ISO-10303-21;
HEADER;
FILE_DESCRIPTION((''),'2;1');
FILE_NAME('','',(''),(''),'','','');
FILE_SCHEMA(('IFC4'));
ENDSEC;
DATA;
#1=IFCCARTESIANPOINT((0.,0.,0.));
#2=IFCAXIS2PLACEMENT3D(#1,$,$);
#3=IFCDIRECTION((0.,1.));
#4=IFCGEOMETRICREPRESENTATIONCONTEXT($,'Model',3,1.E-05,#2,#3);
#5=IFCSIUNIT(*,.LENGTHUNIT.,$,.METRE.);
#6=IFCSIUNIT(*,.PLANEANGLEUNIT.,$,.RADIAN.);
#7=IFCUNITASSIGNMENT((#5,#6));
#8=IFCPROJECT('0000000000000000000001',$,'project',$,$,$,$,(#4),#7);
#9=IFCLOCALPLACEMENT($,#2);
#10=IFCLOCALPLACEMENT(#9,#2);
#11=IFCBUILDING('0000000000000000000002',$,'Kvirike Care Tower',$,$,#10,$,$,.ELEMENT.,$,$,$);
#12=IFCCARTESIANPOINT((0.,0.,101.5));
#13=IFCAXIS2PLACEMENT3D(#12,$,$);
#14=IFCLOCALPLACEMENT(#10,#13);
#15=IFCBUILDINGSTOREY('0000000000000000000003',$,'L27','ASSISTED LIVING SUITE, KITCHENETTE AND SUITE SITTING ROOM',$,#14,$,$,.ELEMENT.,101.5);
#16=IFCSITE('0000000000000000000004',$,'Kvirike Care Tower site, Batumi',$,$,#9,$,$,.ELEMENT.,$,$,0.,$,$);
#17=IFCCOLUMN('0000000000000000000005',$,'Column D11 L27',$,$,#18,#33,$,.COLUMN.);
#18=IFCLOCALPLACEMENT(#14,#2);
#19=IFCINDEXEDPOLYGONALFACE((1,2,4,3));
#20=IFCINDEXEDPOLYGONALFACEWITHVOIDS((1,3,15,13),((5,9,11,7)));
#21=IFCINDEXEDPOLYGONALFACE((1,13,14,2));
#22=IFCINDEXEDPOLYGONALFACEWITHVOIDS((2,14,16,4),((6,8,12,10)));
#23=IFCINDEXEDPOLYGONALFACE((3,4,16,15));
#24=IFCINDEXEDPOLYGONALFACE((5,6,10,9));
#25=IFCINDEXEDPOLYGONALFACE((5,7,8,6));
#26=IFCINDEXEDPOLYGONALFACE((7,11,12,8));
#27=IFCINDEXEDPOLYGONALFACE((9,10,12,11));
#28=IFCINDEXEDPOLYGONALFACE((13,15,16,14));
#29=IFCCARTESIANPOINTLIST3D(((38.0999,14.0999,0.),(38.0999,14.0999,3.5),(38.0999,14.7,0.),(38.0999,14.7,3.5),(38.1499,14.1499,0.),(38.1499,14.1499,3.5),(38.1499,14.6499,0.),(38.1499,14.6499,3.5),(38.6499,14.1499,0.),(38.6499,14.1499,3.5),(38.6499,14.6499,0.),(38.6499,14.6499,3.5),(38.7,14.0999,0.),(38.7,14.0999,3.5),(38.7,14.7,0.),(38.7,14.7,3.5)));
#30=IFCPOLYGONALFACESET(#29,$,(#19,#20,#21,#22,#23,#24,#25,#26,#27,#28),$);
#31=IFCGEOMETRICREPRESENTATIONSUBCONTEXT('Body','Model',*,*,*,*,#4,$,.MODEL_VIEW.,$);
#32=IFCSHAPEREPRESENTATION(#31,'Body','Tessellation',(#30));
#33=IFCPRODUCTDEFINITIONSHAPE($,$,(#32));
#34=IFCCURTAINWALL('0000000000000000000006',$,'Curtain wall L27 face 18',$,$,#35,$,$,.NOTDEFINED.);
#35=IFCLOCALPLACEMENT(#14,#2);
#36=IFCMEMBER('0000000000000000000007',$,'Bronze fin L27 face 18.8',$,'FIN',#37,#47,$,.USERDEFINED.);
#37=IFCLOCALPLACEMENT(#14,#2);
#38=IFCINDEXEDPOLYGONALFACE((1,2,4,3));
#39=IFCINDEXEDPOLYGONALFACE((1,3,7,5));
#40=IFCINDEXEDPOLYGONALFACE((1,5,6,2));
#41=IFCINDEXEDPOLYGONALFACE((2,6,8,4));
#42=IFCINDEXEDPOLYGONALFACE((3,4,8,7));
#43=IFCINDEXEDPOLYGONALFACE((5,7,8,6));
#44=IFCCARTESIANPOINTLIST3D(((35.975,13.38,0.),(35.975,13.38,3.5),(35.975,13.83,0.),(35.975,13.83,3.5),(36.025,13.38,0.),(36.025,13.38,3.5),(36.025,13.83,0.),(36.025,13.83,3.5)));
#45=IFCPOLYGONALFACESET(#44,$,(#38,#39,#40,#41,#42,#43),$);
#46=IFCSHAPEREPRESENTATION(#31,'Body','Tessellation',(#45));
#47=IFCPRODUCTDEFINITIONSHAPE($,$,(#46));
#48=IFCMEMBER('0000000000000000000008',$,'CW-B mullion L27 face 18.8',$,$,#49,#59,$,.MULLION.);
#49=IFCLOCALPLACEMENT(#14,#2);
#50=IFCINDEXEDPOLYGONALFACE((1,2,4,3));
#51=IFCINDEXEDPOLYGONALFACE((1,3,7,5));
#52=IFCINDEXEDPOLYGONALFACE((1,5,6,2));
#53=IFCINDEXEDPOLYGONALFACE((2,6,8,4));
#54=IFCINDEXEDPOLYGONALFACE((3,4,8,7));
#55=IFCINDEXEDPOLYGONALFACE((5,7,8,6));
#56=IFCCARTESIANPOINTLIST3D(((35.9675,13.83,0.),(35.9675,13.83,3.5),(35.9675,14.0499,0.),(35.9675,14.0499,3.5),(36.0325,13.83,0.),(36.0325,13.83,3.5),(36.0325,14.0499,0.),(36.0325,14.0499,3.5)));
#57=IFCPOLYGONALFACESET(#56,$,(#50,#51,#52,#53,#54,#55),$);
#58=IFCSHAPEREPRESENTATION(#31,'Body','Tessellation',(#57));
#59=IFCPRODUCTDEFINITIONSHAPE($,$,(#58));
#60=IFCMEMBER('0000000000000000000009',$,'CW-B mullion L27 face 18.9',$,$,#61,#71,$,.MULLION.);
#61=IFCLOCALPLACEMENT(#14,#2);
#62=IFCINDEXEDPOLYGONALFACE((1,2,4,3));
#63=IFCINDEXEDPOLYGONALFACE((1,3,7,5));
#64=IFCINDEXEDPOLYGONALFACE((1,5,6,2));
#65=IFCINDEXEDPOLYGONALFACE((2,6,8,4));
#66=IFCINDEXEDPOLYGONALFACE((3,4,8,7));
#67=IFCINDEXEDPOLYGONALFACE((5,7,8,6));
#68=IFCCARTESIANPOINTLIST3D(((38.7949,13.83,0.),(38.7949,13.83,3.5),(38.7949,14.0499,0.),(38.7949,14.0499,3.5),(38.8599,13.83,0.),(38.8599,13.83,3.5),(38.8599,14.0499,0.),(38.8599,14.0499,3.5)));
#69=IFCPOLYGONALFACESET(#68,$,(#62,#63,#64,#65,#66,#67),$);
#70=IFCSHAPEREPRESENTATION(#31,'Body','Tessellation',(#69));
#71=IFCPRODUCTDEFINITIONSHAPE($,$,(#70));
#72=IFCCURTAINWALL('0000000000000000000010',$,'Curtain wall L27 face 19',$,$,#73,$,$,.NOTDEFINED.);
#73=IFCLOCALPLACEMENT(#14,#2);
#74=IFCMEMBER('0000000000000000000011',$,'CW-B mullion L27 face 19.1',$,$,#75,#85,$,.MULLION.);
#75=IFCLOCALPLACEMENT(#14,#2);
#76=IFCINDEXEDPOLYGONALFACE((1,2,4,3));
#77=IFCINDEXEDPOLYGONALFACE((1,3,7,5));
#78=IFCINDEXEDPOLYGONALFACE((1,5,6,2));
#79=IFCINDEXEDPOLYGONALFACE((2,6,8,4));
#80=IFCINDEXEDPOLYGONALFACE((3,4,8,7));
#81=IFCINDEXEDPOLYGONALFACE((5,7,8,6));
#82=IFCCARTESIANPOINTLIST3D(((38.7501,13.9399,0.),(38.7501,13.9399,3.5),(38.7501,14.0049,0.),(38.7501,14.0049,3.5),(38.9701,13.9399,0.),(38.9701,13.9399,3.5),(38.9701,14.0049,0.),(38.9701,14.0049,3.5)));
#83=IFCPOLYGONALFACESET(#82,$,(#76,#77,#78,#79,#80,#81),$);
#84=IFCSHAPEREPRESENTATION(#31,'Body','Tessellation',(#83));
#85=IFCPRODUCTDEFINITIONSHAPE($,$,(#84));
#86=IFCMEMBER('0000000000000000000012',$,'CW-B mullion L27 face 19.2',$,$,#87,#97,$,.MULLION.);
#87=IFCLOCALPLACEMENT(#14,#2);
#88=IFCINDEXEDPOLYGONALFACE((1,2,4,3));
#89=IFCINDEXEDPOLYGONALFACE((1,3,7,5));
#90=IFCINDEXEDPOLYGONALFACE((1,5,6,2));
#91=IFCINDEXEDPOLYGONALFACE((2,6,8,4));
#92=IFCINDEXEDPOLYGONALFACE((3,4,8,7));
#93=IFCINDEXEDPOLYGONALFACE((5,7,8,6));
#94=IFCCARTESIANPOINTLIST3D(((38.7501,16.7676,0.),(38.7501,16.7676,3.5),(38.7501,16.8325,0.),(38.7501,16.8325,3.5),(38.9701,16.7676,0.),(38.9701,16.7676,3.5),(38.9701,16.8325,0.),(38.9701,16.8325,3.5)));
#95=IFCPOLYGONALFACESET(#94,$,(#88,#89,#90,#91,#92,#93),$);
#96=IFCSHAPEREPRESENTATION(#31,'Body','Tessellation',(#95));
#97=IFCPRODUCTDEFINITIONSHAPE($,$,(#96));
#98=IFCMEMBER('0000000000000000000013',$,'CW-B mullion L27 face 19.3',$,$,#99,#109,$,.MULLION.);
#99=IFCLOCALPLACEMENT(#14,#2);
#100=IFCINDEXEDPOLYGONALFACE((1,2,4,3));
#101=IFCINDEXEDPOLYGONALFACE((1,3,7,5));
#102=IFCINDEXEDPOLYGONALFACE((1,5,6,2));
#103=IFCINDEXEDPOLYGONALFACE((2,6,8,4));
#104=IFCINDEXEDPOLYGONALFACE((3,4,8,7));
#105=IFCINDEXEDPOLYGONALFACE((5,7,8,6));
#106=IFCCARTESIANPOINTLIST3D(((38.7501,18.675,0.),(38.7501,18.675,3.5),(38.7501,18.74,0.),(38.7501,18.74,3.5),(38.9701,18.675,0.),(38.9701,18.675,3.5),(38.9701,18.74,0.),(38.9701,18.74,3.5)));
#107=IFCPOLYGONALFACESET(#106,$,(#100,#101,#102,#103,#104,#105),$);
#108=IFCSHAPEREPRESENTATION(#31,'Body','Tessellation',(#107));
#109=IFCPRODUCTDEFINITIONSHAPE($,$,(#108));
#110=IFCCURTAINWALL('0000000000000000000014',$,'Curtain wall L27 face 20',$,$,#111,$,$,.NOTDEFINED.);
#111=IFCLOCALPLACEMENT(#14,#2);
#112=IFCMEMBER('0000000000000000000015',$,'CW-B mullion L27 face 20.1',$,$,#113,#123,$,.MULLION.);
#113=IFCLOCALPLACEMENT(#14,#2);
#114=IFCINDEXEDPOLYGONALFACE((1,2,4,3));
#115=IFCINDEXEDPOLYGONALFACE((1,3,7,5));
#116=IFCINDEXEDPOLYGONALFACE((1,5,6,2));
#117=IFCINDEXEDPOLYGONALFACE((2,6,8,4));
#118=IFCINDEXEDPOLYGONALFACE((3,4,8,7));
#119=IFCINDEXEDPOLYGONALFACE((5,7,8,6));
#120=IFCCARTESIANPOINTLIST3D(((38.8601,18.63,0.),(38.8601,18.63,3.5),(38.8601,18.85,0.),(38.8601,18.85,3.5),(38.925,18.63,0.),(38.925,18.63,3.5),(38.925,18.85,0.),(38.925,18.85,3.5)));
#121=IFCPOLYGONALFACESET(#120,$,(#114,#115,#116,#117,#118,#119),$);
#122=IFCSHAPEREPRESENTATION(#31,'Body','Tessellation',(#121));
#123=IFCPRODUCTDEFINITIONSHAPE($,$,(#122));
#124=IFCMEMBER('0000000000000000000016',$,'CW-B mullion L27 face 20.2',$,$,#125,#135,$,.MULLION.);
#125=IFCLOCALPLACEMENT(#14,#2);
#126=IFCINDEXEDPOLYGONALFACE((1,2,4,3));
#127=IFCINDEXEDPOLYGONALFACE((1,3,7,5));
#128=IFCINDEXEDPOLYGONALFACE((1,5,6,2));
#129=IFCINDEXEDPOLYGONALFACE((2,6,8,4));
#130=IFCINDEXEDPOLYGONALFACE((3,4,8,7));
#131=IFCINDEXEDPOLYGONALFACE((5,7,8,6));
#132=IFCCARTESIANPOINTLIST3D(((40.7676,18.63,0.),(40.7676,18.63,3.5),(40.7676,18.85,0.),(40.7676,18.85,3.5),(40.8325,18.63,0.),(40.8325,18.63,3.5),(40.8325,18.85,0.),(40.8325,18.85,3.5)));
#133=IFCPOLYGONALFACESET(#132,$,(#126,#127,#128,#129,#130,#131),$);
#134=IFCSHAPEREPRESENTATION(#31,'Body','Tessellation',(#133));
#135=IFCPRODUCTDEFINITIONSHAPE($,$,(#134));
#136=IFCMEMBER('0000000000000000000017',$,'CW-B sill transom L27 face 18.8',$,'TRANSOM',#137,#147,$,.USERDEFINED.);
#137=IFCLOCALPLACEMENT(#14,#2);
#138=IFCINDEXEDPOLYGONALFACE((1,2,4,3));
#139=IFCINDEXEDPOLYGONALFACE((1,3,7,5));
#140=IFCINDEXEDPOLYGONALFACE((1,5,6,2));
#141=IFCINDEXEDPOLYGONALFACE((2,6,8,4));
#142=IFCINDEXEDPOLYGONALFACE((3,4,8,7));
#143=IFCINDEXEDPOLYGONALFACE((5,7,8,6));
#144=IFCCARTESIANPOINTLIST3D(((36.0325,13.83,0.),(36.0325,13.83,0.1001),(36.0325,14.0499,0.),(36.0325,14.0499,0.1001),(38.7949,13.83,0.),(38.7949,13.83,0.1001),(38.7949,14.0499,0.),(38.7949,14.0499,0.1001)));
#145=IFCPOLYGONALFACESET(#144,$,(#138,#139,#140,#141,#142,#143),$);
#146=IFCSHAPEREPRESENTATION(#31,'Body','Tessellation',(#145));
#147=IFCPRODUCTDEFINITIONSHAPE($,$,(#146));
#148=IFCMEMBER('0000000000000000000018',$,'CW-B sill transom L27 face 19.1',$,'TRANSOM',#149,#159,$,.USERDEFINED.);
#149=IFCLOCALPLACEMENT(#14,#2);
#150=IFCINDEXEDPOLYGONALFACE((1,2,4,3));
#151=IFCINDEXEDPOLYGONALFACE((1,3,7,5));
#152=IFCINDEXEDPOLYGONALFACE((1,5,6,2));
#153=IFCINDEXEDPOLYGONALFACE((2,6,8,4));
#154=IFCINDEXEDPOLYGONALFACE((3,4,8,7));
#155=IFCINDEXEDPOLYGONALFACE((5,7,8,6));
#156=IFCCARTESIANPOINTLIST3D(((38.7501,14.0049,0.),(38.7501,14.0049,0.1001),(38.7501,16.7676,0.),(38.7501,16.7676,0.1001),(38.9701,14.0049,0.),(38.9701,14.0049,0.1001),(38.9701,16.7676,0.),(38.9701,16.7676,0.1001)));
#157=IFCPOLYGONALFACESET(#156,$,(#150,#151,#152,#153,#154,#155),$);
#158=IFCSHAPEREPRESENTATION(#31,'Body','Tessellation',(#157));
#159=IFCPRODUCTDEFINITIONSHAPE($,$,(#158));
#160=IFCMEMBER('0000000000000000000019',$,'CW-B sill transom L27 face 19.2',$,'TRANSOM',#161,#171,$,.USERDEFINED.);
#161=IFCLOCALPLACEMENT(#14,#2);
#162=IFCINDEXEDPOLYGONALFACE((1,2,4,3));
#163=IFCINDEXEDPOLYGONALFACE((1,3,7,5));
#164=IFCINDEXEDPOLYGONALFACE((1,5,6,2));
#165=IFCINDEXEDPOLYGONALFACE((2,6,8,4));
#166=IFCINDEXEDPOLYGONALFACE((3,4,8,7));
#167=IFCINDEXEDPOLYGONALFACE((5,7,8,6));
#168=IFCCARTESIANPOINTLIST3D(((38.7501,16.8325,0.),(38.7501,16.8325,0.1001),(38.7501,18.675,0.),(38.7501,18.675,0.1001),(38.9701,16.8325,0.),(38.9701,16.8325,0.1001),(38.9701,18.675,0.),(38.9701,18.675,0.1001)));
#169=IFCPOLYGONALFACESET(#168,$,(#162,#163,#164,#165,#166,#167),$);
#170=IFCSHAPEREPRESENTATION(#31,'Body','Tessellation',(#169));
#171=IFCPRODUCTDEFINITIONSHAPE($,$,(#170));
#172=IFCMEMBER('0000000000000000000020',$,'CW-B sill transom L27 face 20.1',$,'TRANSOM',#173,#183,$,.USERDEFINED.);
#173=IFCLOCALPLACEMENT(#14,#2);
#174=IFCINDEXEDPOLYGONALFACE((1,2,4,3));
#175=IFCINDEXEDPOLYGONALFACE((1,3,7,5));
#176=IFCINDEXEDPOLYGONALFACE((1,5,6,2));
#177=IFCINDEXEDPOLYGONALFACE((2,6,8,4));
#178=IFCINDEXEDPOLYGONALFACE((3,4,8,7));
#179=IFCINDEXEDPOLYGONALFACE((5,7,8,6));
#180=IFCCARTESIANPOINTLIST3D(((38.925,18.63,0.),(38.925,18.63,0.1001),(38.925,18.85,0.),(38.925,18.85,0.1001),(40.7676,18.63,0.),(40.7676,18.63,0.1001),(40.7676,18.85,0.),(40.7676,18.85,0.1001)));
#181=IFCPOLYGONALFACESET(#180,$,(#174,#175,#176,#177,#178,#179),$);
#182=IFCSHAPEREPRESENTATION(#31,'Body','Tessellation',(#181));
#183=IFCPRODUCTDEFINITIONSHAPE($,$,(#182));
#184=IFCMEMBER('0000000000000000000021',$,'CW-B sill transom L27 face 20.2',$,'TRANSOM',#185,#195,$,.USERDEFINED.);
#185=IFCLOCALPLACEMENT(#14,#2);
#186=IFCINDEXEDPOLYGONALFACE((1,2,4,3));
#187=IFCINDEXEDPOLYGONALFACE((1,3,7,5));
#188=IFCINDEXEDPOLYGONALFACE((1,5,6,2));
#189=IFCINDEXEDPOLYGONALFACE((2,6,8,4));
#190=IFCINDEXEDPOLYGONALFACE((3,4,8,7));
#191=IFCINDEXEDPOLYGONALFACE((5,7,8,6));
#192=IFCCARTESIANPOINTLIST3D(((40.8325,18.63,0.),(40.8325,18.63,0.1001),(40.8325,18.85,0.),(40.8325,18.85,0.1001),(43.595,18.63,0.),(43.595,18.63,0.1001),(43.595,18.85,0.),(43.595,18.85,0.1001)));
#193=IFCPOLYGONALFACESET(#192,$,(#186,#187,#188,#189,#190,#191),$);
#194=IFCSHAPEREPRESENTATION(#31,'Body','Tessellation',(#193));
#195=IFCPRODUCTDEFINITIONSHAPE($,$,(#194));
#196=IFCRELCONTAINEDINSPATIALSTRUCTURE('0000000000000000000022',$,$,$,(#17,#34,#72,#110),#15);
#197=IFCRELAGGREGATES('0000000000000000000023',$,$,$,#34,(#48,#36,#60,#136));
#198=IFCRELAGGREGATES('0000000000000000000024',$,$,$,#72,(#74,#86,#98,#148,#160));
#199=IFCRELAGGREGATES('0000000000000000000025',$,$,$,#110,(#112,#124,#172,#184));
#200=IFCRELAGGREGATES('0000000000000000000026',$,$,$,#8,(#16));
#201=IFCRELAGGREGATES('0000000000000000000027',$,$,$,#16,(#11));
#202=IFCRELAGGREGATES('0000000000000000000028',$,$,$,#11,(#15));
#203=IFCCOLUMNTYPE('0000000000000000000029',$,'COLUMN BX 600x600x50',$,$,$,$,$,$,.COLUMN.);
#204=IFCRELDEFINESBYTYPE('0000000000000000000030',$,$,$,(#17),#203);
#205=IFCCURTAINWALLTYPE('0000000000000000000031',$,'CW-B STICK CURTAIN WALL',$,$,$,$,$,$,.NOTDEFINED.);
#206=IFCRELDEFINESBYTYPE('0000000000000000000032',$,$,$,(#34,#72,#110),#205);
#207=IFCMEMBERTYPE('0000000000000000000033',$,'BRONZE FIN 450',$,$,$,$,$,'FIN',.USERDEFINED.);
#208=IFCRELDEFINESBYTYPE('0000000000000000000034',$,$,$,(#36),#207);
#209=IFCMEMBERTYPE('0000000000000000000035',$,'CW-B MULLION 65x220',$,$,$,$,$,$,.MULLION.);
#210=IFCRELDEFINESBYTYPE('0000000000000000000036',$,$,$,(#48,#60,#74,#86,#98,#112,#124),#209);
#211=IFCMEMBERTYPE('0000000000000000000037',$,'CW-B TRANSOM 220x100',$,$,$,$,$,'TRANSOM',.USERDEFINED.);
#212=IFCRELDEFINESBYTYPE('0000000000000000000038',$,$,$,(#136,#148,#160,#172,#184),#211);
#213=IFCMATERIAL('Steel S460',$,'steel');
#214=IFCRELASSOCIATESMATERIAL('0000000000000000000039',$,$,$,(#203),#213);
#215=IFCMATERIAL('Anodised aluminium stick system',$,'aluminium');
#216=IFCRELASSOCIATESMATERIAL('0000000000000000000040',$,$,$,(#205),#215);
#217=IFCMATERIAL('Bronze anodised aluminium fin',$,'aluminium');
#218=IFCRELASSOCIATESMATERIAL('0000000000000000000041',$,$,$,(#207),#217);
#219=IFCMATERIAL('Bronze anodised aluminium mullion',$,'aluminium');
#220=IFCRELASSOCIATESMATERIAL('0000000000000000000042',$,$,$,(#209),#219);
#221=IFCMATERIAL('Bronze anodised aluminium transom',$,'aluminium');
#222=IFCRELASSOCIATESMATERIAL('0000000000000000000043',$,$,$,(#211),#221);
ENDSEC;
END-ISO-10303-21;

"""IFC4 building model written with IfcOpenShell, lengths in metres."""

from ifc_helpers import new_model, si_unit, direction, frame, origin, origin_2d, place, context, subcontext, project, spatial, rectangle, hollow_rectangle, extrude, material, material_profile, profile_set, type_object, element, aggregate, save


model = new_model("IFC4")

# Units and contexts
model_context = context("Model", 3, precision=1e-05, world=origin(), true_north=direction((0.0, 1.0)))
body_context = subcontext(model_context, "Body", "Model", "MODEL_VIEW")
ifc_project = project(units=[si_unit("LENGTHUNIT", "METRE"), si_unit("PLANEANGLEUNIT", "RADIAN")], contexts=[model_context])

# Site, building, storey
site_placement = place(None, origin())
site = spatial("IfcSite", under=ifc_project, at=site_placement, Name="Kvirike Care Tower site, Batumi", CompositionType="ELEMENT", RefElevation=0.0)
building_placement = place(site_placement, origin())
building = spatial("IfcBuilding", under=site, at=building_placement, Name="Kvirike Care Tower", CompositionType="ELEMENT")
storey_placement = place(building_placement, frame((0.0, 0.0, 101.5)))
storey = spatial("IfcBuildingStorey", under=building, at=storey_placement, Name="L27", Description="ASSISTED LIVING SUITE, KITCHENETTE AND SUITE SITTING ROOM", CompositionType="ELEMENT", Elevation=101.5)

# Column
ifc_material_1 = material(Name="Steel S460", Category="steel")
ifc_material_profile_1 = material_profile(ifc_material_1, hollow_rectangle(XDim=0.6001, YDim=0.6001, WallThickness=0.05, at=origin_2d()), Name="BX 600x600x50")
ifc_profile_set_1 = profile_set([ifc_material_profile_1], Name="Steel S460")
column_type = type_object("IfcColumnType", Name="COLUMN BX 600x600x50", PredefinedType="COLUMN", material=ifc_profile_set_1)
column_placement = place(storey_placement, frame((38.3999, 14.3999, 0.0), z_axis=(0.0, 0.0, 1.0), x_axis=(0.0, 1.0, 0.0)))
element("IfcColumn", 1, at=column_placement, inside=storey, type_object=column_type, Name="Column D11 L27", PredefinedType="COLUMN", context=body_context, shape_type="SweptSolid", body=[
    extrude(hollow_rectangle(XDim=0.6001, YDim=0.6001, WallThickness=0.05, at=origin_2d()), origin(), (0.0, 0.0, 1.0), 3.5),
])

# Curtain walls, members
ifc_material_2 = material(Name="Anodised aluminium stick system", Category="aluminium")
curtain_wall_type = type_object("IfcCurtainWallType", Name="CW-B STICK CURTAIN WALL", PredefinedType="NOTDEFINED", material=ifc_material_2)
curtain_wall_1_placement = place(storey_placement, origin())
curtain_wall_1 = element("IfcCurtainWall", 2, at=curtain_wall_1_placement, inside=storey, type_object=curtain_wall_type, Name="Curtain wall L27 face 18", PredefinedType="NOTDEFINED")
ifc_material_3 = material(Name="Bronze anodised aluminium fin", Category="aluminium")
ifc_material_profile_2 = material_profile(ifc_material_3, rectangle(XDim=0.05, YDim=0.45, at=origin_2d()), Name="BRONZE FIN 450")
ifc_profile_set_2 = profile_set([ifc_material_profile_2], Name="Bronze anodised aluminium fin")
member_type_1 = type_object("IfcMemberType", Name="BRONZE FIN 450", ElementType="FIN", PredefinedType="USERDEFINED", material=ifc_profile_set_2)
member_1_placement = place(storey_placement, frame((36.0, 13.605, 0.0), z_axis=(0.0, 0.0, 1.0), x_axis=(1.0, 0.0, 0.0)))
member_1 = element("IfcMember", 3, at=member_1_placement, type_object=member_type_1, Name="Bronze fin L27 face 18.8", ObjectType="FIN", PredefinedType="USERDEFINED", context=body_context, shape_type="SweptSolid", body=[
    extrude(rectangle(XDim=0.05, YDim=0.45, at=origin_2d()), origin(), (0.0, 0.0, 1.0), 3.5),
])
ifc_material_4 = material(Name="Bronze anodised aluminium mullion", Category="aluminium")
ifc_material_profile_3 = material_profile(ifc_material_4, rectangle(XDim=0.0649, YDim=0.22, at=origin_2d()), Name="CW-B MULLION 65x220")
ifc_profile_set_3 = profile_set([ifc_material_profile_3], Name="Bronze anodised aluminium mullion")
member_type_2 = type_object("IfcMemberType", Name="CW-B MULLION 65x220", PredefinedType="MULLION", material=ifc_profile_set_3)
member_2_placement = place(storey_placement, frame((36.0, 13.9399, 0.0), z_axis=(0.0, 0.0, 1.0), x_axis=(1.0, 0.0, 0.0)))
member_2 = element("IfcMember", 4, at=member_2_placement, type_object=member_type_2, Name="CW-B mullion L27 face 18.8", PredefinedType="MULLION", context=body_context, shape_type="SweptSolid", body=[
    extrude(rectangle(XDim=0.0649, YDim=0.22, at=origin_2d()), origin(), (0.0, 0.0, 1.0), 3.5),
])
member_3_placement = place(storey_placement, frame((38.8274, 13.9399, 0.0), z_axis=(0.0, 0.0, 1.0), x_axis=(1.0, 0.0, 0.0)))
member_3 = element("IfcMember", 5, at=member_3_placement, type_object=member_type_2, Name="CW-B mullion L27 face 18.9", PredefinedType="MULLION", context=body_context, shape_type="SweptSolid", body=[
    extrude(rectangle(XDim=0.0649, YDim=0.22, at=origin_2d()), origin(), (0.0, 0.0, 1.0), 3.5),
])
curtain_wall_2_placement = place(storey_placement, origin())
curtain_wall_2 = element("IfcCurtainWall", 6, at=curtain_wall_2_placement, inside=storey, type_object=curtain_wall_type, Name="Curtain wall L27 face 19", PredefinedType="NOTDEFINED")
member_4_placement = place(storey_placement, frame((38.8601, 13.9724, 0.0), z_axis=(0.0, 0.0, 1.0), x_axis=(0.0, 1.0, 0.0)))
member_4 = element("IfcMember", 7, at=member_4_placement, type_object=member_type_2, Name="CW-B mullion L27 face 19.1", PredefinedType="MULLION", context=body_context, shape_type="SweptSolid", body=[
    extrude(rectangle(XDim=0.0649, YDim=0.22, at=origin_2d()), origin(), (0.0, 0.0, 1.0), 3.5),
])
member_5_placement = place(storey_placement, frame((38.8601, 16.8, 0.0), z_axis=(0.0, 0.0, 1.0), x_axis=(0.0, 1.0, 0.0)))
member_5 = element("IfcMember", 8, at=member_5_placement, type_object=member_type_2, Name="CW-B mullion L27 face 19.2", PredefinedType="MULLION", context=body_context, shape_type="SweptSolid", body=[
    extrude(rectangle(XDim=0.0649, YDim=0.22, at=origin_2d()), origin(), (0.0, 0.0, 1.0), 3.5),
])
member_6_placement = place(storey_placement, frame((38.8601, 18.7075, 0.0), z_axis=(0.0, 0.0, 1.0), x_axis=(0.0, 1.0, 0.0)))
member_6 = element("IfcMember", 9, at=member_6_placement, type_object=member_type_2, Name="CW-B mullion L27 face 19.3", PredefinedType="MULLION", context=body_context, shape_type="SweptSolid", body=[
    extrude(rectangle(XDim=0.0649, YDim=0.22, at=origin_2d()), origin(), (0.0, 0.0, 1.0), 3.5),
])
curtain_wall_3_placement = place(storey_placement, origin())
curtain_wall_3 = element("IfcCurtainWall", 10, at=curtain_wall_3_placement, inside=storey, type_object=curtain_wall_type, Name="Curtain wall L27 face 20", PredefinedType="NOTDEFINED")
member_7_placement = place(storey_placement, frame((38.8926, 18.74, 0.0), z_axis=(0.0, 0.0, 1.0), x_axis=(1.0, 0.0, 0.0)))
member_7 = element("IfcMember", 11, at=member_7_placement, type_object=member_type_2, Name="CW-B mullion L27 face 20.1", PredefinedType="MULLION", context=body_context, shape_type="SweptSolid", body=[
    extrude(rectangle(XDim=0.0649, YDim=0.22, at=origin_2d()), origin(), (0.0, 0.0, 1.0), 3.5),
])
member_8_placement = place(storey_placement, frame((40.8, 18.74, 0.0), z_axis=(0.0, 0.0, 1.0), x_axis=(1.0, 0.0, 0.0)))
member_8 = element("IfcMember", 12, at=member_8_placement, type_object=member_type_2, Name="CW-B mullion L27 face 20.2", PredefinedType="MULLION", context=body_context, shape_type="SweptSolid", body=[
    extrude(rectangle(XDim=0.0649, YDim=0.22, at=origin_2d()), origin(), (0.0, 0.0, 1.0), 3.5),
])

# Members
ifc_material_5 = material(Name="Bronze anodised aluminium transom", Category="aluminium")
ifc_material_profile_4 = material_profile(ifc_material_5, rectangle(XDim=0.22, YDim=0.1001, at=origin_2d()), Name="CW-B TRANSOM 220x100")
ifc_profile_set_4 = profile_set([ifc_material_profile_4], Name="Bronze anodised aluminium transom")
member_type_3 = type_object("IfcMemberType", Name="CW-B TRANSOM 220x100", ElementType="TRANSOM", PredefinedType="USERDEFINED", material=ifc_profile_set_4)
member_9_placement = place(storey_placement, frame((36.0325, 13.9399, 0.05), z_axis=(1.0, 0.0, 0.0), x_axis=(0.0, 1.0, 0.0)))
member_9 = element("IfcMember", 13, at=member_9_placement, type_object=member_type_3, Name="CW-B sill transom L27 face 18.8", ObjectType="TRANSOM", PredefinedType="USERDEFINED", context=body_context, shape_type="SweptSolid", body=[
    extrude(rectangle(XDim=0.22, YDim=0.1001, at=origin_2d()), origin(), (0.0, 0.0, 1.0), 2.7625),
])
member_10_placement = place(storey_placement, frame((38.8601, 14.0049, 0.05), z_axis=(0.0, 1.0, 0.0), x_axis=(-1.0, 0.0, 0.0)))
member_10 = element("IfcMember", 14, at=member_10_placement, type_object=member_type_3, Name="CW-B sill transom L27 face 19.1", ObjectType="TRANSOM", PredefinedType="USERDEFINED", context=body_context, shape_type="SweptSolid", body=[
    extrude(rectangle(XDim=0.22, YDim=0.1001, at=origin_2d()), origin(), (0.0, 0.0, 1.0), 2.7627),
])
member_11_placement = place(storey_placement, frame((38.8601, 16.8325, 0.05), z_axis=(0.0, 1.0, 0.0), x_axis=(-1.0, 0.0, 0.0)))
member_11 = element("IfcMember", 15, at=member_11_placement, type_object=member_type_3, Name="CW-B sill transom L27 face 19.2", ObjectType="TRANSOM", PredefinedType="USERDEFINED", context=body_context, shape_type="SweptSolid", body=[
    extrude(rectangle(XDim=0.22, YDim=0.1001, at=origin_2d()), origin(), (0.0, 0.0, 1.0), 1.8425),
])
member_12_placement = place(storey_placement, frame((38.925, 18.74, 0.05), z_axis=(1.0, 0.0, 0.0), x_axis=(0.0, 1.0, 0.0)))
member_12 = element("IfcMember", 16, at=member_12_placement, type_object=member_type_3, Name="CW-B sill transom L27 face 20.1", ObjectType="TRANSOM", PredefinedType="USERDEFINED", context=body_context, shape_type="SweptSolid", body=[
    extrude(rectangle(XDim=0.22, YDim=0.1001, at=origin_2d()), origin(), (0.0, 0.0, 1.0), 1.8425),
])
member_13_placement = place(storey_placement, frame((40.8325, 18.74, 0.05), z_axis=(1.0, 0.0, 0.0), x_axis=(0.0, 1.0, 0.0)))
member_13 = element("IfcMember", 17, at=member_13_placement, type_object=member_type_3, Name="CW-B sill transom L27 face 20.2", ObjectType="TRANSOM", PredefinedType="USERDEFINED", context=body_context, shape_type="SweptSolid", body=[
    extrude(rectangle(XDim=0.22, YDim=0.1001, at=origin_2d()), origin(), (0.0, 0.0, 1.0), 2.7625),
])

aggregate(curtain_wall_1, [member_2, member_1, member_3, member_9])
aggregate(curtain_wall_2, [member_4, member_5, member_6, member_10, member_11])
aggregate(curtain_wall_3, [member_7, member_8, member_12, member_13])

save(model, "model.ifc")
